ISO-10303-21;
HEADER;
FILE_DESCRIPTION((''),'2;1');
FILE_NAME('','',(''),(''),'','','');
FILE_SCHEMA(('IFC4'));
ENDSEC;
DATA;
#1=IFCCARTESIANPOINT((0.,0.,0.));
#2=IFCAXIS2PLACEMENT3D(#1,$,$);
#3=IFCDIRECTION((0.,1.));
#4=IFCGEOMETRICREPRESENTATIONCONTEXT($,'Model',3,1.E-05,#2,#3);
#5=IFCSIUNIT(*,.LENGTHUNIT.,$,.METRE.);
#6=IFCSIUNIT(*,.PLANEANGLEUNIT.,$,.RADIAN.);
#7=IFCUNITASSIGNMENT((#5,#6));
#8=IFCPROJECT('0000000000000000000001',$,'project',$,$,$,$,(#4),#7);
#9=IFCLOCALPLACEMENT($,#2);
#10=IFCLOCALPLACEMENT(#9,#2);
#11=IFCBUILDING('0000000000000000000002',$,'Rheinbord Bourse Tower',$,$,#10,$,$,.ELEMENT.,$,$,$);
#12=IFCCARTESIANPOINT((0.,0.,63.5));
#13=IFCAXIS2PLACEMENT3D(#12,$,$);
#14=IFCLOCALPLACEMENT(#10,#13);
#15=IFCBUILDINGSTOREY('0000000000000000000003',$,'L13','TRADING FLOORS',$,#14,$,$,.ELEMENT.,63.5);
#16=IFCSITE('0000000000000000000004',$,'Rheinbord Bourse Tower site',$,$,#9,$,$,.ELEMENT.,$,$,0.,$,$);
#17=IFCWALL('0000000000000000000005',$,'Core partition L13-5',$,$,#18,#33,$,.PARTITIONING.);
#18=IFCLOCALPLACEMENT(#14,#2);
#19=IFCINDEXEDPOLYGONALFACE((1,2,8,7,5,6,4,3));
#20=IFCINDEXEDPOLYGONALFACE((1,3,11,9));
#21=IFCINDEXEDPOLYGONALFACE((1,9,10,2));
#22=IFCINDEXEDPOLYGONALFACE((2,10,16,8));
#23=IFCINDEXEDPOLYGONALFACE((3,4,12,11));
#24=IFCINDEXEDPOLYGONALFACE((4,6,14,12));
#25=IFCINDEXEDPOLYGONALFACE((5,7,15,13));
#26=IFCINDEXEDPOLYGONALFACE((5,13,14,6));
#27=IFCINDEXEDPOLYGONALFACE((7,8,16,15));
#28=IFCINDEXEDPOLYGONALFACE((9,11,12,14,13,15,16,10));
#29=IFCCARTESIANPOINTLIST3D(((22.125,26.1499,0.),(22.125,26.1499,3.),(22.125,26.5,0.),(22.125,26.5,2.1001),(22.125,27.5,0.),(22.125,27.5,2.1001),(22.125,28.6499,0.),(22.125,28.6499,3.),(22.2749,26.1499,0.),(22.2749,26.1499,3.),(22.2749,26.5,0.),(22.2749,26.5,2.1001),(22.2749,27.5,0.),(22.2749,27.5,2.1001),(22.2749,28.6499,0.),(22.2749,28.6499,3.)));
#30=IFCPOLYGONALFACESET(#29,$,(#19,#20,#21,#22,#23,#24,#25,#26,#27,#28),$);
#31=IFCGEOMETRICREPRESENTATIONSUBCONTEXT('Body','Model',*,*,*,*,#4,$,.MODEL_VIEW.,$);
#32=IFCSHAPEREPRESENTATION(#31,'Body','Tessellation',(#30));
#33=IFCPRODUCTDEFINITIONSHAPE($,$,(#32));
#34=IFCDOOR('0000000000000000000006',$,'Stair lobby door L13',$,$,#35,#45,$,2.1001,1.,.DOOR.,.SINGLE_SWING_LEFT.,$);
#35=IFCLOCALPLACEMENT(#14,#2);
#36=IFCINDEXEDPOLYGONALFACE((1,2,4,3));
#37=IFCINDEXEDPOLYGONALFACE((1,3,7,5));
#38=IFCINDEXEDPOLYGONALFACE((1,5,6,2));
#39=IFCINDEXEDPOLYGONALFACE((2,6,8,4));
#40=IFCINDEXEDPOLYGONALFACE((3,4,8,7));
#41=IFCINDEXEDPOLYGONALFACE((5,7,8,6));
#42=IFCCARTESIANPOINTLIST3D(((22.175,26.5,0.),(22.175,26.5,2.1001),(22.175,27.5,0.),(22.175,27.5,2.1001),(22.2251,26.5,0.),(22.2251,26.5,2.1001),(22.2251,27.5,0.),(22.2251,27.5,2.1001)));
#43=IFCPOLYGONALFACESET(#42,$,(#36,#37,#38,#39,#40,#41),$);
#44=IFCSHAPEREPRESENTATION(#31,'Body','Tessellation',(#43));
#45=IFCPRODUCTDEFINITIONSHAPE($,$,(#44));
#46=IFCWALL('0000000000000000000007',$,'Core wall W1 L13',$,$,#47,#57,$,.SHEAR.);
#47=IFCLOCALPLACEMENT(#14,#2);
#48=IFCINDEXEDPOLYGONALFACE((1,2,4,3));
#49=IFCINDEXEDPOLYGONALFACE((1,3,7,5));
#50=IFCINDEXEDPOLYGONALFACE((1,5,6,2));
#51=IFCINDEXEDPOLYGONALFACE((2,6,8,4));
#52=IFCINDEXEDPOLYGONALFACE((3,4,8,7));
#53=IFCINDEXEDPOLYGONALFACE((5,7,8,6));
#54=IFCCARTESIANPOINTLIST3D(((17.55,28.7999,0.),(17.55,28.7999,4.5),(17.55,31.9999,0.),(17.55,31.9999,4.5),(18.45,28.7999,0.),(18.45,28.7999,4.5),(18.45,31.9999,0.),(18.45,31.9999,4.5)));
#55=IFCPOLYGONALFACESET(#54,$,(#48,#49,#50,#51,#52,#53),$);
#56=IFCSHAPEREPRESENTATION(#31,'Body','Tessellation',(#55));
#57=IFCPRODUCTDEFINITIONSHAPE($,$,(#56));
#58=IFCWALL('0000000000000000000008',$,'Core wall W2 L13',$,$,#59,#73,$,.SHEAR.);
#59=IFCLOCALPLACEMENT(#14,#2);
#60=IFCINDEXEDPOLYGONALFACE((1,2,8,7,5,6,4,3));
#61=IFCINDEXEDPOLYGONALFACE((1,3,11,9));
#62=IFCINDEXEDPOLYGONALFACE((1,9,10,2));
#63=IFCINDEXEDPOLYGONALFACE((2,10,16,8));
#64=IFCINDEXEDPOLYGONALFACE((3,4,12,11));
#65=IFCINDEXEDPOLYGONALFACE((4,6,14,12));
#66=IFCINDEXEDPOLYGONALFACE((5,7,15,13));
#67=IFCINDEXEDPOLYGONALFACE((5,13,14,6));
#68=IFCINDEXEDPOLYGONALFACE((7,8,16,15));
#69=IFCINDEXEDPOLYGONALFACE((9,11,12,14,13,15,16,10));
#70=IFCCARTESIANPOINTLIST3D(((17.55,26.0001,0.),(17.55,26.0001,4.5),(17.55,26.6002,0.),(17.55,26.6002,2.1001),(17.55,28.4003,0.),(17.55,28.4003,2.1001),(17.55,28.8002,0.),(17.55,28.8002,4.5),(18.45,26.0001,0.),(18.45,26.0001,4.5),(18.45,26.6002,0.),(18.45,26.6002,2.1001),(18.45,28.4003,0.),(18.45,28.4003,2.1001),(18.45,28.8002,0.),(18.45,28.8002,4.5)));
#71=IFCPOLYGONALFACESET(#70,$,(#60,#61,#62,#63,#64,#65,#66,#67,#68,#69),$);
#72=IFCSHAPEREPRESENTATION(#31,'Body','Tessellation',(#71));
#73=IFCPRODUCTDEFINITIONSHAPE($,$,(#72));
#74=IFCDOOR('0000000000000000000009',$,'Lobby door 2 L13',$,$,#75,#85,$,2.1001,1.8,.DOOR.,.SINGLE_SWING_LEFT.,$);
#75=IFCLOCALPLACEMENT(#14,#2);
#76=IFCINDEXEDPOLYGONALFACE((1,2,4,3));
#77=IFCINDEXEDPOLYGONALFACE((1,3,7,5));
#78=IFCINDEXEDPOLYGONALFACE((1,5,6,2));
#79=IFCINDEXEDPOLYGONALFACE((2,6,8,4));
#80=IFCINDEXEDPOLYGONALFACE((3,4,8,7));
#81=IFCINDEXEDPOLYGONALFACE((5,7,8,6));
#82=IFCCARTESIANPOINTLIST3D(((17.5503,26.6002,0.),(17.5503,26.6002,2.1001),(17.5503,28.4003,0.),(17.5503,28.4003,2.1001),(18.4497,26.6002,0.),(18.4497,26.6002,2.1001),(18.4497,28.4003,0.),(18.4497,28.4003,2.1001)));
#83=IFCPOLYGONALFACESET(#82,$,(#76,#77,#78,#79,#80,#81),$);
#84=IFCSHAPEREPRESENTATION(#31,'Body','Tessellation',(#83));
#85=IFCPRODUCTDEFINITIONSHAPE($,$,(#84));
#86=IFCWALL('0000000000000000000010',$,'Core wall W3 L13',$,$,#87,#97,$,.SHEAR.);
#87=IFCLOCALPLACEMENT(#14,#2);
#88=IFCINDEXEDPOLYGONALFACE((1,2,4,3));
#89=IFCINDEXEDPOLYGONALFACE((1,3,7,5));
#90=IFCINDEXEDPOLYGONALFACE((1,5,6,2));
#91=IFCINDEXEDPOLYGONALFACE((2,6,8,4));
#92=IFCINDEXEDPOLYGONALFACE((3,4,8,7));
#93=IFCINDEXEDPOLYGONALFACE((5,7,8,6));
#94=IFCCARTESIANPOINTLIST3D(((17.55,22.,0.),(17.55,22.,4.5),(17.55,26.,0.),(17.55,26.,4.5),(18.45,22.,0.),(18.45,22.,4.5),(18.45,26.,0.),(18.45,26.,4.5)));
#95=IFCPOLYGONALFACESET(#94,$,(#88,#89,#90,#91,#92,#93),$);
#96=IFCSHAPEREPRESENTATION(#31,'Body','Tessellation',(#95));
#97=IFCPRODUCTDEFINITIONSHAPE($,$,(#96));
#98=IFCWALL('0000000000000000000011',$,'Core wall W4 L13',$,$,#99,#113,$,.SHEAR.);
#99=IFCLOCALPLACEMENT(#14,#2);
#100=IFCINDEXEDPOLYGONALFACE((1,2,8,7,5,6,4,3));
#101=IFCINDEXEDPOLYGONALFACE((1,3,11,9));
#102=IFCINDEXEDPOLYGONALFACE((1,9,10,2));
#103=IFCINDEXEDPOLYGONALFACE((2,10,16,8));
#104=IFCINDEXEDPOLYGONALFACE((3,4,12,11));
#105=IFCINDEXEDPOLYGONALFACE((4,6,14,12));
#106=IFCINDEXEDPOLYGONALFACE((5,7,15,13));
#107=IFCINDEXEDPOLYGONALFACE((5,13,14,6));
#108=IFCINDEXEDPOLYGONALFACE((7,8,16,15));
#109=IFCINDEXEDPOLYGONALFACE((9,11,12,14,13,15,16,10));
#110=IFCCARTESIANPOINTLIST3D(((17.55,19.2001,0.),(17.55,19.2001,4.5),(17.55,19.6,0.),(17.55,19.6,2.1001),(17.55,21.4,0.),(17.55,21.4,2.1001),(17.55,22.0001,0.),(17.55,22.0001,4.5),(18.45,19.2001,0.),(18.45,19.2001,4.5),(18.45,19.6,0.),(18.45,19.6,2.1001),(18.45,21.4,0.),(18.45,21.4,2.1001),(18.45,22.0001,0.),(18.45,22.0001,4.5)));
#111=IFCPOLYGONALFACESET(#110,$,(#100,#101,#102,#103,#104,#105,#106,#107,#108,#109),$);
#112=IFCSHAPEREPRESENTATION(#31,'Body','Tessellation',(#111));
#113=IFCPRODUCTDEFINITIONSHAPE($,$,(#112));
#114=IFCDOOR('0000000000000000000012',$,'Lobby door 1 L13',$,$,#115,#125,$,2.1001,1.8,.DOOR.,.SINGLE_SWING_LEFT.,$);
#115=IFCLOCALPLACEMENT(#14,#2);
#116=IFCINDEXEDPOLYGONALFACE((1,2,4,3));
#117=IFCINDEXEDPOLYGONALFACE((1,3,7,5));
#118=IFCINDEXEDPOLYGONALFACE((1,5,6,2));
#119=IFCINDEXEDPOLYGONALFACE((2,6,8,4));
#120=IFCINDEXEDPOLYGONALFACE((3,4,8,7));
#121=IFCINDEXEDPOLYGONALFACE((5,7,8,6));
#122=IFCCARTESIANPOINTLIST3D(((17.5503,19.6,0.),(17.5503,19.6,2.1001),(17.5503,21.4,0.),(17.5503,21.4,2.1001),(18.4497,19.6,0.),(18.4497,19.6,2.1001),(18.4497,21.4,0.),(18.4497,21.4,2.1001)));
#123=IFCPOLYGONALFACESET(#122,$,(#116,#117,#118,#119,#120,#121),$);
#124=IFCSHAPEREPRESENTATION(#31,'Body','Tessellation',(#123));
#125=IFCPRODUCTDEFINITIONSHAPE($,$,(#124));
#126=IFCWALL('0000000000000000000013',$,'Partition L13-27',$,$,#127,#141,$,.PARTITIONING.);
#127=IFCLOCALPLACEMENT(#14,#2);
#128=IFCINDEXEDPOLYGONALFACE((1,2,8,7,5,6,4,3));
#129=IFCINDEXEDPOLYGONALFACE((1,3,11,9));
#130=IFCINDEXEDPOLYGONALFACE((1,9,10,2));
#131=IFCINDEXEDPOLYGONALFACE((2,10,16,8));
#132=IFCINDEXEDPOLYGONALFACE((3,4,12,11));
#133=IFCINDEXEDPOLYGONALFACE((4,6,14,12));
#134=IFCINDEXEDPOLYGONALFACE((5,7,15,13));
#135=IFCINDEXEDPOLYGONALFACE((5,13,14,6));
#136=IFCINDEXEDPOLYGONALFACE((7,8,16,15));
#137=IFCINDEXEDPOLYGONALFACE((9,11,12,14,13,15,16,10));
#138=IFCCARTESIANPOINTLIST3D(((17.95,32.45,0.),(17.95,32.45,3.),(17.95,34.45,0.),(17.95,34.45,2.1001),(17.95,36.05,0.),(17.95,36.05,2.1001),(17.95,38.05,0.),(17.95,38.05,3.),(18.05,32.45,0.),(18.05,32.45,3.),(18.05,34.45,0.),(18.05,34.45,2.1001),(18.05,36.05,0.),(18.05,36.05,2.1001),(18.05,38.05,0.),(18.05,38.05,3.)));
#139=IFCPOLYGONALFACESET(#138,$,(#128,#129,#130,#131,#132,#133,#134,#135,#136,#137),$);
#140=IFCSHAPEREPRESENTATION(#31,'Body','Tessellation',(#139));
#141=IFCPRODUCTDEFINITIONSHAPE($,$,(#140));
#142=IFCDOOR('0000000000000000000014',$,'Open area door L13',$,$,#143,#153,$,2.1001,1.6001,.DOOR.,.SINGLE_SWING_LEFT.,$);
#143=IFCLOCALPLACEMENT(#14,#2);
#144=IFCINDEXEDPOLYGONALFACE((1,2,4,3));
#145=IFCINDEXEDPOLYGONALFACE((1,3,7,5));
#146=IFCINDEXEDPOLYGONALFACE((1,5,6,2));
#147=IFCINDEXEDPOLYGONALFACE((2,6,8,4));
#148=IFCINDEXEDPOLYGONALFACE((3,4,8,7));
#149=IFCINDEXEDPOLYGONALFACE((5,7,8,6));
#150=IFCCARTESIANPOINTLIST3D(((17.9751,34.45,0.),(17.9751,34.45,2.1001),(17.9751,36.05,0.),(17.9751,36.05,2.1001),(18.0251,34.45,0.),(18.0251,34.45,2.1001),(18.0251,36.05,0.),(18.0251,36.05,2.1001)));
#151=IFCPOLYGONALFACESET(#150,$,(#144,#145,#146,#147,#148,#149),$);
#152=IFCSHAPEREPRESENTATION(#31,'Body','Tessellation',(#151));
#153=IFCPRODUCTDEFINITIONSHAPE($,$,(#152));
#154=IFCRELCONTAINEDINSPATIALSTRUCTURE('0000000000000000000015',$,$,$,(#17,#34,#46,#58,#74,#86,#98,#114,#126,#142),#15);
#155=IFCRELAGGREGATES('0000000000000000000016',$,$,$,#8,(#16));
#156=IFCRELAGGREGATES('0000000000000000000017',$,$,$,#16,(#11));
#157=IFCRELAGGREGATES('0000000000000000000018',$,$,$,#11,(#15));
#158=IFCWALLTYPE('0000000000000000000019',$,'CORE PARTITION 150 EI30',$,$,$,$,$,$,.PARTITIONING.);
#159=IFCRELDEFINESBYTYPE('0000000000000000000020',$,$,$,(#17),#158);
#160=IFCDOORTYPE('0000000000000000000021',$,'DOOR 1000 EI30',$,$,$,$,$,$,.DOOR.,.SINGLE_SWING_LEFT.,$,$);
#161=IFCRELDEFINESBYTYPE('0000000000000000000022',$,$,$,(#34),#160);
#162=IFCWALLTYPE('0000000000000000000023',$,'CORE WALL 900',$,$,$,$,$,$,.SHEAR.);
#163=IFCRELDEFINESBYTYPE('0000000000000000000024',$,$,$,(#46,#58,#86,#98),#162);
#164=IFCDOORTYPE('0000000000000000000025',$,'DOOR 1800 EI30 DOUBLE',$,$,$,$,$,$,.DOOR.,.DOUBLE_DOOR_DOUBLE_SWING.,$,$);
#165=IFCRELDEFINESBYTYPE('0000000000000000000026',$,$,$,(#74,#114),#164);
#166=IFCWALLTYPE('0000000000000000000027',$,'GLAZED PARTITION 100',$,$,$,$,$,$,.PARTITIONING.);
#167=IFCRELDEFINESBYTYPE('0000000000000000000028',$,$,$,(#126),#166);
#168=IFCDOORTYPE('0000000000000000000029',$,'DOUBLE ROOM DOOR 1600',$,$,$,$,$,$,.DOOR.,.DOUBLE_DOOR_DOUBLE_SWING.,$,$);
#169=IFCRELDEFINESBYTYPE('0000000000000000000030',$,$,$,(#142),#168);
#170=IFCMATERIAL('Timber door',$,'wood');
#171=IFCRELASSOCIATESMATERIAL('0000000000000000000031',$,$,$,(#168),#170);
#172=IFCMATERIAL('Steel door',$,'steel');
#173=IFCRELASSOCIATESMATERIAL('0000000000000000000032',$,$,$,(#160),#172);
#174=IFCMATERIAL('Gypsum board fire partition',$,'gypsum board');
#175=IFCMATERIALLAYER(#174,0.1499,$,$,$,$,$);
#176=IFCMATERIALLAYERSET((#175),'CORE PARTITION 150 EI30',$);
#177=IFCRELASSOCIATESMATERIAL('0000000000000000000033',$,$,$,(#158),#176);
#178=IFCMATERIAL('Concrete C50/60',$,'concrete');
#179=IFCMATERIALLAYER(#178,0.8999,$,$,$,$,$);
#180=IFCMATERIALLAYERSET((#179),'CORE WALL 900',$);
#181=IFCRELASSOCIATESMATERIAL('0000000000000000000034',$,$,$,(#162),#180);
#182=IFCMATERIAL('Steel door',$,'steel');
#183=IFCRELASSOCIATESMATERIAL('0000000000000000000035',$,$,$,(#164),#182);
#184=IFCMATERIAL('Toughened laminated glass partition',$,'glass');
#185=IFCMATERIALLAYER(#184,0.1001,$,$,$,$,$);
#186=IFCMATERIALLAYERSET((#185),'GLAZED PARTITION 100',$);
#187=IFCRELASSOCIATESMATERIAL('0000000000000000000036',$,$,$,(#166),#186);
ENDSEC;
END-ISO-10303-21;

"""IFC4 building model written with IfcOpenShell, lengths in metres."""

from ifc_helpers import new_model, si_unit, direction, frame, frame_2d, origin, place, context, subcontext, project, spatial, rectangle, extrude, material, layer, layer_set, type_object, element, fill, save


model = new_model("IFC4")

# Units and contexts
model_context = context("Model", 3, precision=1e-05, world=origin(), true_north=direction((0.0, 1.0)))
body_context = subcontext(model_context, "Body", "Model", "MODEL_VIEW")
ifc_project = project(units=[si_unit("LENGTHUNIT", "METRE"), si_unit("PLANEANGLEUNIT", "RADIAN")], contexts=[model_context])

# Site, building, storey
site_placement = place(None, origin())
site = spatial("IfcSite", under=ifc_project, at=site_placement, Name="Rheinbord Bourse Tower site", CompositionType="ELEMENT", RefElevation=0.0)
building_placement = place(site_placement, origin())
building = spatial("IfcBuilding", under=site, at=building_placement, Name="Rheinbord Bourse Tower", CompositionType="ELEMENT")
storey_placement = place(building_placement, frame((0.0, 0.0, 63.5)))
storey = spatial("IfcBuildingStorey", under=building, at=storey_placement, Name="L13", Description="TRADING FLOORS", CompositionType="ELEMENT", Elevation=63.5)

# Shared definitions
ifc_material_1 = material(Name="Timber door", Category="wood")
door_type_1 = type_object("IfcDoorType", Name="DOUBLE ROOM DOOR 1600", OperationType="DOUBLE_DOOR_DOUBLE_SWING", PredefinedType="DOOR", material=ifc_material_1)

# Shared definitions
ifc_material_2 = material(Name="Steel door", Category="steel")
door_type_2 = type_object("IfcDoorType", Name="DOOR 1000 EI30", OperationType="SINGLE_SWING_LEFT", PredefinedType="DOOR", material=ifc_material_2)

# Wall, opening, door
ifc_material_3 = material(Name="Gypsum board fire partition", Category="gypsum board")
ifc_layer_1 = layer(ifc_material_3, 0.1499)
ifc_layer_set_1 = layer_set([ifc_layer_1], Name="CORE PARTITION 150 EI30")
wall_type_1 = type_object("IfcWallType", Name="CORE PARTITION 150 EI30", PredefinedType="PARTITIONING", material=ifc_layer_set_1)
wall_1_placement = place(storey_placement, frame((22.2, 26.1499, 0.0), z_axis=(0.0, 0.0, 1.0), x_axis=(0.0, 1.0, 0.0)))
wall_1 = element("IfcWall", 1, at=wall_1_placement, inside=storey, type_object=wall_type_1, Name="Core partition L13-5", PredefinedType="PARTITIONING", context=body_context, shape_type="SweptSolid", body=[
    extrude(rectangle(XDim=2.5, YDim=0.1499, at=frame_2d((1.25, 0.0))), origin(), (0.0, 0.0, 1.0), 3.0),
])
opening_1_placement = place(wall_1_placement, frame((0.3501, 0.0, 0.0)))
opening_1 = element("IfcOpeningElement", 2, at=opening_1_placement, cuts=wall_1, PredefinedType="OPENING", context=body_context, shape_type="SweptSolid", body=[
    extrude(rectangle(XDim=1.0, YDim=2.1001, at=frame_2d((0.5, 1.05))), frame((0.0, 0.085, 0.0), z_axis=(0.0, -1.0, 0.0), x_axis=(1.0, 0.0, 0.0)), (0.0, 0.0, 1.0), 0.1699),
])
door_1_placement = place(opening_1_placement, origin())
door_1 = element("IfcDoor", 3, at=door_1_placement, inside=storey, type_object=door_type_2, Name="Stair lobby door L13", OperationType="SINGLE_SWING_LEFT", OverallHeight=2.1001, OverallWidth=1.0, PredefinedType="DOOR", context=body_context, shape_type="SweptSolid", body=[
    extrude(rectangle(XDim=1.0, YDim=2.1001, at=frame_2d((0.5, 1.05))), frame((0.0, 0.0249, 0.0), z_axis=(0.0, -1.0, 0.0), x_axis=(1.0, 0.0, 0.0)), (0.0, 0.0, 1.0), 0.05),
])
fill(opening_1, door_1)

# Wall
ifc_material_4 = material(Name="Concrete C50/60", Category="concrete")
ifc_layer_2 = layer(ifc_material_4, 0.8999)
ifc_layer_set_2 = layer_set([ifc_layer_2], Name="CORE WALL 900")
wall_type_2 = type_object("IfcWallType", Name="CORE WALL 900", PredefinedType="SHEAR", material=ifc_layer_set_2)
wall_2_placement = place(storey_placement, frame((18.0, 32.0, 0.0), z_axis=(0.0, 0.0, 1.0), x_axis=(0.0, -1.0, 0.0)))
element("IfcWall", 4, at=wall_2_placement, inside=storey, type_object=wall_type_2, Name="Core wall W1 L13", PredefinedType="SHEAR", context=body_context, shape_type="SweptSolid", body=[
    extrude(rectangle(XDim=3.2, YDim=0.8999, at=frame_2d((1.6001, 0.0))), origin(), (0.0, 0.0, 1.0), 4.5),
])

# Wall, opening, door
wall_3_placement = place(storey_placement, frame((18.0, 28.8, 0.0), z_axis=(0.0, 0.0, 1.0), x_axis=(0.0, -1.0, 0.0)))
wall_3 = element("IfcWall", 5, at=wall_3_placement, inside=storey, type_object=wall_type_2, Name="Core wall W2 L13", PredefinedType="SHEAR", context=body_context, shape_type="SweptSolid", body=[
    extrude(rectangle(XDim=2.8, YDim=0.8999, at=frame_2d((1.3999, 0.0))), origin(), (0.0, 0.0, 1.0), 4.5),
])
opening_2_placement = place(wall_3_placement, frame((0.3999, 0.0, 0.0)))
opening_2 = element("IfcOpeningElement", 6, at=opening_2_placement, cuts=wall_3, PredefinedType="OPENING", context=body_context, shape_type="SweptSolid", body=[
    extrude(rectangle(XDim=1.8, YDim=2.1001, at=frame_2d((0.8999, 1.05))), frame((0.0, 0.46, 0.0), z_axis=(0.0, -1.0, 0.0), x_axis=(1.0, 0.0, 0.0)), (0.0, 0.0, 1.0), 0.9199),
])
ifc_material_5 = material(Name="Steel door", Category="steel")
door_type_3 = type_object("IfcDoorType", Name="DOOR 1800 EI30 DOUBLE", OperationType="DOUBLE_DOOR_DOUBLE_SWING", PredefinedType="DOOR", material=ifc_material_5)
door_2_placement = place(opening_2_placement, origin())
door_2 = element("IfcDoor", 7, at=door_2_placement, inside=storey, type_object=door_type_3, Name="Lobby door 2 L13", OperationType="SINGLE_SWING_LEFT", OverallHeight=2.1001, OverallWidth=1.8, PredefinedType="DOOR", context=body_context, shape_type="SweptSolid", body=[
    extrude(rectangle(XDim=1.8, YDim=2.1001, at=frame_2d((0.8999, 1.05))), frame((0.0, 0.4497, 0.0), z_axis=(0.0, -1.0, 0.0), x_axis=(1.0, 0.0, 0.0)), (0.0, 0.0, 1.0), 0.8994),
])
fill(opening_2, door_2)

# Wall
wall_4_placement = place(storey_placement, frame((18.0, 26.0, 0.0), z_axis=(0.0, 0.0, 1.0), x_axis=(0.0, -1.0, 0.0)))
element("IfcWall", 8, at=wall_4_placement, inside=storey, type_object=wall_type_2, Name="Core wall W3 L13", PredefinedType="SHEAR", context=body_context, shape_type="SweptSolid", body=[
    extrude(rectangle(XDim=4.0, YDim=0.8999, at=frame_2d((2.0, 0.0))), origin(), (0.0, 0.0, 1.0), 4.5),
])

# Walls, openings, doors
wall_5_placement = place(storey_placement, frame((18.0, 22.0, 0.0), z_axis=(0.0, 0.0, 1.0), x_axis=(0.0, -1.0, 0.0)))
wall_5 = element("IfcWall", 9, at=wall_5_placement, inside=storey, type_object=wall_type_2, Name="Core wall W4 L13", PredefinedType="SHEAR", context=body_context, shape_type="SweptSolid", body=[
    extrude(rectangle(XDim=2.8, YDim=0.8999, at=frame_2d((1.3999, 0.0))), origin(), (0.0, 0.0, 1.0), 4.5),
])
opening_3_placement = place(wall_5_placement, frame((0.6001, 0.0, 0.0)))
opening_3 = element("IfcOpeningElement", 10, at=opening_3_placement, cuts=wall_5, PredefinedType="OPENING", context=body_context, shape_type="SweptSolid", body=[
    extrude(rectangle(XDim=1.8, YDim=2.1001, at=frame_2d((0.8999, 1.05))), frame((0.0, 0.46, 0.0), z_axis=(0.0, -1.0, 0.0), x_axis=(1.0, 0.0, 0.0)), (0.0, 0.0, 1.0), 0.9199),
])
door_3_placement = place(opening_3_placement, origin())
door_3 = element("IfcDoor", 11, at=door_3_placement, inside=storey, type_object=door_type_3, Name="Lobby door 1 L13", OperationType="SINGLE_SWING_LEFT", OverallHeight=2.1001, OverallWidth=1.8, PredefinedType="DOOR", context=body_context, shape_type="SweptSolid", body=[
    extrude(rectangle(XDim=1.8, YDim=2.1001, at=frame_2d((0.8999, 1.05))), frame((0.0, 0.4497, 0.0), z_axis=(0.0, -1.0, 0.0), x_axis=(1.0, 0.0, 0.0)), (0.0, 0.0, 1.0), 0.8994),
])
fill(opening_3, door_3)
ifc_material_6 = material(Name="Toughened laminated glass partition", Category="glass")
ifc_layer_3 = layer(ifc_material_6, 0.1001)
ifc_layer_set_3 = layer_set([ifc_layer_3], Name="GLAZED PARTITION 100")
wall_type_3 = type_object("IfcWallType", Name="GLAZED PARTITION 100", PredefinedType="PARTITIONING", material=ifc_layer_set_3)
wall_6_placement = place(storey_placement, frame((18.0, 32.45, 0.0), z_axis=(0.0, 0.0, 1.0), x_axis=(0.0, 1.0, 0.0)))
wall_6 = element("IfcWall", 12, at=wall_6_placement, inside=storey, type_object=wall_type_3, Name="Partition L13-27", PredefinedType="PARTITIONING", context=body_context, shape_type="SweptSolid", body=[
    extrude(rectangle(XDim=5.6001, YDim=0.1001, at=frame_2d((2.8, 0.0))), origin(), (0.0, 0.0, 1.0), 3.0),
])
opening_4_placement = place(wall_6_placement, frame((2.0, 0.0, 0.0)))
opening_4 = element("IfcOpeningElement", 13, at=opening_4_placement, cuts=wall_6, PredefinedType="OPENING", context=body_context, shape_type="SweptSolid", body=[
    extrude(rectangle(XDim=1.6001, YDim=2.1001, at=frame_2d((0.8, 1.05))), frame((0.0, 0.0601, 0.0), z_axis=(0.0, -1.0, 0.0), x_axis=(1.0, 0.0, 0.0)), (0.0, 0.0, 1.0), 0.1201),
])
door_4_placement = place(opening_4_placement, origin())
door_4 = element("IfcDoor", 14, at=door_4_placement, inside=storey, type_object=door_type_1, Name="Open area door L13", OperationType="SINGLE_SWING_LEFT", OverallHeight=2.1001, OverallWidth=1.6001, PredefinedType="DOOR", context=body_context, shape_type="SweptSolid", body=[
    extrude(rectangle(XDim=1.6001, YDim=2.1001, at=frame_2d((0.8, 1.05))), frame((0.0, 0.0249, 0.0), z_axis=(0.0, -1.0, 0.0), x_axis=(1.0, 0.0, 0.0)), (0.0, 0.0, 1.0), 0.05),
])
fill(opening_4, door_4)

save(model, "model.ifc")
